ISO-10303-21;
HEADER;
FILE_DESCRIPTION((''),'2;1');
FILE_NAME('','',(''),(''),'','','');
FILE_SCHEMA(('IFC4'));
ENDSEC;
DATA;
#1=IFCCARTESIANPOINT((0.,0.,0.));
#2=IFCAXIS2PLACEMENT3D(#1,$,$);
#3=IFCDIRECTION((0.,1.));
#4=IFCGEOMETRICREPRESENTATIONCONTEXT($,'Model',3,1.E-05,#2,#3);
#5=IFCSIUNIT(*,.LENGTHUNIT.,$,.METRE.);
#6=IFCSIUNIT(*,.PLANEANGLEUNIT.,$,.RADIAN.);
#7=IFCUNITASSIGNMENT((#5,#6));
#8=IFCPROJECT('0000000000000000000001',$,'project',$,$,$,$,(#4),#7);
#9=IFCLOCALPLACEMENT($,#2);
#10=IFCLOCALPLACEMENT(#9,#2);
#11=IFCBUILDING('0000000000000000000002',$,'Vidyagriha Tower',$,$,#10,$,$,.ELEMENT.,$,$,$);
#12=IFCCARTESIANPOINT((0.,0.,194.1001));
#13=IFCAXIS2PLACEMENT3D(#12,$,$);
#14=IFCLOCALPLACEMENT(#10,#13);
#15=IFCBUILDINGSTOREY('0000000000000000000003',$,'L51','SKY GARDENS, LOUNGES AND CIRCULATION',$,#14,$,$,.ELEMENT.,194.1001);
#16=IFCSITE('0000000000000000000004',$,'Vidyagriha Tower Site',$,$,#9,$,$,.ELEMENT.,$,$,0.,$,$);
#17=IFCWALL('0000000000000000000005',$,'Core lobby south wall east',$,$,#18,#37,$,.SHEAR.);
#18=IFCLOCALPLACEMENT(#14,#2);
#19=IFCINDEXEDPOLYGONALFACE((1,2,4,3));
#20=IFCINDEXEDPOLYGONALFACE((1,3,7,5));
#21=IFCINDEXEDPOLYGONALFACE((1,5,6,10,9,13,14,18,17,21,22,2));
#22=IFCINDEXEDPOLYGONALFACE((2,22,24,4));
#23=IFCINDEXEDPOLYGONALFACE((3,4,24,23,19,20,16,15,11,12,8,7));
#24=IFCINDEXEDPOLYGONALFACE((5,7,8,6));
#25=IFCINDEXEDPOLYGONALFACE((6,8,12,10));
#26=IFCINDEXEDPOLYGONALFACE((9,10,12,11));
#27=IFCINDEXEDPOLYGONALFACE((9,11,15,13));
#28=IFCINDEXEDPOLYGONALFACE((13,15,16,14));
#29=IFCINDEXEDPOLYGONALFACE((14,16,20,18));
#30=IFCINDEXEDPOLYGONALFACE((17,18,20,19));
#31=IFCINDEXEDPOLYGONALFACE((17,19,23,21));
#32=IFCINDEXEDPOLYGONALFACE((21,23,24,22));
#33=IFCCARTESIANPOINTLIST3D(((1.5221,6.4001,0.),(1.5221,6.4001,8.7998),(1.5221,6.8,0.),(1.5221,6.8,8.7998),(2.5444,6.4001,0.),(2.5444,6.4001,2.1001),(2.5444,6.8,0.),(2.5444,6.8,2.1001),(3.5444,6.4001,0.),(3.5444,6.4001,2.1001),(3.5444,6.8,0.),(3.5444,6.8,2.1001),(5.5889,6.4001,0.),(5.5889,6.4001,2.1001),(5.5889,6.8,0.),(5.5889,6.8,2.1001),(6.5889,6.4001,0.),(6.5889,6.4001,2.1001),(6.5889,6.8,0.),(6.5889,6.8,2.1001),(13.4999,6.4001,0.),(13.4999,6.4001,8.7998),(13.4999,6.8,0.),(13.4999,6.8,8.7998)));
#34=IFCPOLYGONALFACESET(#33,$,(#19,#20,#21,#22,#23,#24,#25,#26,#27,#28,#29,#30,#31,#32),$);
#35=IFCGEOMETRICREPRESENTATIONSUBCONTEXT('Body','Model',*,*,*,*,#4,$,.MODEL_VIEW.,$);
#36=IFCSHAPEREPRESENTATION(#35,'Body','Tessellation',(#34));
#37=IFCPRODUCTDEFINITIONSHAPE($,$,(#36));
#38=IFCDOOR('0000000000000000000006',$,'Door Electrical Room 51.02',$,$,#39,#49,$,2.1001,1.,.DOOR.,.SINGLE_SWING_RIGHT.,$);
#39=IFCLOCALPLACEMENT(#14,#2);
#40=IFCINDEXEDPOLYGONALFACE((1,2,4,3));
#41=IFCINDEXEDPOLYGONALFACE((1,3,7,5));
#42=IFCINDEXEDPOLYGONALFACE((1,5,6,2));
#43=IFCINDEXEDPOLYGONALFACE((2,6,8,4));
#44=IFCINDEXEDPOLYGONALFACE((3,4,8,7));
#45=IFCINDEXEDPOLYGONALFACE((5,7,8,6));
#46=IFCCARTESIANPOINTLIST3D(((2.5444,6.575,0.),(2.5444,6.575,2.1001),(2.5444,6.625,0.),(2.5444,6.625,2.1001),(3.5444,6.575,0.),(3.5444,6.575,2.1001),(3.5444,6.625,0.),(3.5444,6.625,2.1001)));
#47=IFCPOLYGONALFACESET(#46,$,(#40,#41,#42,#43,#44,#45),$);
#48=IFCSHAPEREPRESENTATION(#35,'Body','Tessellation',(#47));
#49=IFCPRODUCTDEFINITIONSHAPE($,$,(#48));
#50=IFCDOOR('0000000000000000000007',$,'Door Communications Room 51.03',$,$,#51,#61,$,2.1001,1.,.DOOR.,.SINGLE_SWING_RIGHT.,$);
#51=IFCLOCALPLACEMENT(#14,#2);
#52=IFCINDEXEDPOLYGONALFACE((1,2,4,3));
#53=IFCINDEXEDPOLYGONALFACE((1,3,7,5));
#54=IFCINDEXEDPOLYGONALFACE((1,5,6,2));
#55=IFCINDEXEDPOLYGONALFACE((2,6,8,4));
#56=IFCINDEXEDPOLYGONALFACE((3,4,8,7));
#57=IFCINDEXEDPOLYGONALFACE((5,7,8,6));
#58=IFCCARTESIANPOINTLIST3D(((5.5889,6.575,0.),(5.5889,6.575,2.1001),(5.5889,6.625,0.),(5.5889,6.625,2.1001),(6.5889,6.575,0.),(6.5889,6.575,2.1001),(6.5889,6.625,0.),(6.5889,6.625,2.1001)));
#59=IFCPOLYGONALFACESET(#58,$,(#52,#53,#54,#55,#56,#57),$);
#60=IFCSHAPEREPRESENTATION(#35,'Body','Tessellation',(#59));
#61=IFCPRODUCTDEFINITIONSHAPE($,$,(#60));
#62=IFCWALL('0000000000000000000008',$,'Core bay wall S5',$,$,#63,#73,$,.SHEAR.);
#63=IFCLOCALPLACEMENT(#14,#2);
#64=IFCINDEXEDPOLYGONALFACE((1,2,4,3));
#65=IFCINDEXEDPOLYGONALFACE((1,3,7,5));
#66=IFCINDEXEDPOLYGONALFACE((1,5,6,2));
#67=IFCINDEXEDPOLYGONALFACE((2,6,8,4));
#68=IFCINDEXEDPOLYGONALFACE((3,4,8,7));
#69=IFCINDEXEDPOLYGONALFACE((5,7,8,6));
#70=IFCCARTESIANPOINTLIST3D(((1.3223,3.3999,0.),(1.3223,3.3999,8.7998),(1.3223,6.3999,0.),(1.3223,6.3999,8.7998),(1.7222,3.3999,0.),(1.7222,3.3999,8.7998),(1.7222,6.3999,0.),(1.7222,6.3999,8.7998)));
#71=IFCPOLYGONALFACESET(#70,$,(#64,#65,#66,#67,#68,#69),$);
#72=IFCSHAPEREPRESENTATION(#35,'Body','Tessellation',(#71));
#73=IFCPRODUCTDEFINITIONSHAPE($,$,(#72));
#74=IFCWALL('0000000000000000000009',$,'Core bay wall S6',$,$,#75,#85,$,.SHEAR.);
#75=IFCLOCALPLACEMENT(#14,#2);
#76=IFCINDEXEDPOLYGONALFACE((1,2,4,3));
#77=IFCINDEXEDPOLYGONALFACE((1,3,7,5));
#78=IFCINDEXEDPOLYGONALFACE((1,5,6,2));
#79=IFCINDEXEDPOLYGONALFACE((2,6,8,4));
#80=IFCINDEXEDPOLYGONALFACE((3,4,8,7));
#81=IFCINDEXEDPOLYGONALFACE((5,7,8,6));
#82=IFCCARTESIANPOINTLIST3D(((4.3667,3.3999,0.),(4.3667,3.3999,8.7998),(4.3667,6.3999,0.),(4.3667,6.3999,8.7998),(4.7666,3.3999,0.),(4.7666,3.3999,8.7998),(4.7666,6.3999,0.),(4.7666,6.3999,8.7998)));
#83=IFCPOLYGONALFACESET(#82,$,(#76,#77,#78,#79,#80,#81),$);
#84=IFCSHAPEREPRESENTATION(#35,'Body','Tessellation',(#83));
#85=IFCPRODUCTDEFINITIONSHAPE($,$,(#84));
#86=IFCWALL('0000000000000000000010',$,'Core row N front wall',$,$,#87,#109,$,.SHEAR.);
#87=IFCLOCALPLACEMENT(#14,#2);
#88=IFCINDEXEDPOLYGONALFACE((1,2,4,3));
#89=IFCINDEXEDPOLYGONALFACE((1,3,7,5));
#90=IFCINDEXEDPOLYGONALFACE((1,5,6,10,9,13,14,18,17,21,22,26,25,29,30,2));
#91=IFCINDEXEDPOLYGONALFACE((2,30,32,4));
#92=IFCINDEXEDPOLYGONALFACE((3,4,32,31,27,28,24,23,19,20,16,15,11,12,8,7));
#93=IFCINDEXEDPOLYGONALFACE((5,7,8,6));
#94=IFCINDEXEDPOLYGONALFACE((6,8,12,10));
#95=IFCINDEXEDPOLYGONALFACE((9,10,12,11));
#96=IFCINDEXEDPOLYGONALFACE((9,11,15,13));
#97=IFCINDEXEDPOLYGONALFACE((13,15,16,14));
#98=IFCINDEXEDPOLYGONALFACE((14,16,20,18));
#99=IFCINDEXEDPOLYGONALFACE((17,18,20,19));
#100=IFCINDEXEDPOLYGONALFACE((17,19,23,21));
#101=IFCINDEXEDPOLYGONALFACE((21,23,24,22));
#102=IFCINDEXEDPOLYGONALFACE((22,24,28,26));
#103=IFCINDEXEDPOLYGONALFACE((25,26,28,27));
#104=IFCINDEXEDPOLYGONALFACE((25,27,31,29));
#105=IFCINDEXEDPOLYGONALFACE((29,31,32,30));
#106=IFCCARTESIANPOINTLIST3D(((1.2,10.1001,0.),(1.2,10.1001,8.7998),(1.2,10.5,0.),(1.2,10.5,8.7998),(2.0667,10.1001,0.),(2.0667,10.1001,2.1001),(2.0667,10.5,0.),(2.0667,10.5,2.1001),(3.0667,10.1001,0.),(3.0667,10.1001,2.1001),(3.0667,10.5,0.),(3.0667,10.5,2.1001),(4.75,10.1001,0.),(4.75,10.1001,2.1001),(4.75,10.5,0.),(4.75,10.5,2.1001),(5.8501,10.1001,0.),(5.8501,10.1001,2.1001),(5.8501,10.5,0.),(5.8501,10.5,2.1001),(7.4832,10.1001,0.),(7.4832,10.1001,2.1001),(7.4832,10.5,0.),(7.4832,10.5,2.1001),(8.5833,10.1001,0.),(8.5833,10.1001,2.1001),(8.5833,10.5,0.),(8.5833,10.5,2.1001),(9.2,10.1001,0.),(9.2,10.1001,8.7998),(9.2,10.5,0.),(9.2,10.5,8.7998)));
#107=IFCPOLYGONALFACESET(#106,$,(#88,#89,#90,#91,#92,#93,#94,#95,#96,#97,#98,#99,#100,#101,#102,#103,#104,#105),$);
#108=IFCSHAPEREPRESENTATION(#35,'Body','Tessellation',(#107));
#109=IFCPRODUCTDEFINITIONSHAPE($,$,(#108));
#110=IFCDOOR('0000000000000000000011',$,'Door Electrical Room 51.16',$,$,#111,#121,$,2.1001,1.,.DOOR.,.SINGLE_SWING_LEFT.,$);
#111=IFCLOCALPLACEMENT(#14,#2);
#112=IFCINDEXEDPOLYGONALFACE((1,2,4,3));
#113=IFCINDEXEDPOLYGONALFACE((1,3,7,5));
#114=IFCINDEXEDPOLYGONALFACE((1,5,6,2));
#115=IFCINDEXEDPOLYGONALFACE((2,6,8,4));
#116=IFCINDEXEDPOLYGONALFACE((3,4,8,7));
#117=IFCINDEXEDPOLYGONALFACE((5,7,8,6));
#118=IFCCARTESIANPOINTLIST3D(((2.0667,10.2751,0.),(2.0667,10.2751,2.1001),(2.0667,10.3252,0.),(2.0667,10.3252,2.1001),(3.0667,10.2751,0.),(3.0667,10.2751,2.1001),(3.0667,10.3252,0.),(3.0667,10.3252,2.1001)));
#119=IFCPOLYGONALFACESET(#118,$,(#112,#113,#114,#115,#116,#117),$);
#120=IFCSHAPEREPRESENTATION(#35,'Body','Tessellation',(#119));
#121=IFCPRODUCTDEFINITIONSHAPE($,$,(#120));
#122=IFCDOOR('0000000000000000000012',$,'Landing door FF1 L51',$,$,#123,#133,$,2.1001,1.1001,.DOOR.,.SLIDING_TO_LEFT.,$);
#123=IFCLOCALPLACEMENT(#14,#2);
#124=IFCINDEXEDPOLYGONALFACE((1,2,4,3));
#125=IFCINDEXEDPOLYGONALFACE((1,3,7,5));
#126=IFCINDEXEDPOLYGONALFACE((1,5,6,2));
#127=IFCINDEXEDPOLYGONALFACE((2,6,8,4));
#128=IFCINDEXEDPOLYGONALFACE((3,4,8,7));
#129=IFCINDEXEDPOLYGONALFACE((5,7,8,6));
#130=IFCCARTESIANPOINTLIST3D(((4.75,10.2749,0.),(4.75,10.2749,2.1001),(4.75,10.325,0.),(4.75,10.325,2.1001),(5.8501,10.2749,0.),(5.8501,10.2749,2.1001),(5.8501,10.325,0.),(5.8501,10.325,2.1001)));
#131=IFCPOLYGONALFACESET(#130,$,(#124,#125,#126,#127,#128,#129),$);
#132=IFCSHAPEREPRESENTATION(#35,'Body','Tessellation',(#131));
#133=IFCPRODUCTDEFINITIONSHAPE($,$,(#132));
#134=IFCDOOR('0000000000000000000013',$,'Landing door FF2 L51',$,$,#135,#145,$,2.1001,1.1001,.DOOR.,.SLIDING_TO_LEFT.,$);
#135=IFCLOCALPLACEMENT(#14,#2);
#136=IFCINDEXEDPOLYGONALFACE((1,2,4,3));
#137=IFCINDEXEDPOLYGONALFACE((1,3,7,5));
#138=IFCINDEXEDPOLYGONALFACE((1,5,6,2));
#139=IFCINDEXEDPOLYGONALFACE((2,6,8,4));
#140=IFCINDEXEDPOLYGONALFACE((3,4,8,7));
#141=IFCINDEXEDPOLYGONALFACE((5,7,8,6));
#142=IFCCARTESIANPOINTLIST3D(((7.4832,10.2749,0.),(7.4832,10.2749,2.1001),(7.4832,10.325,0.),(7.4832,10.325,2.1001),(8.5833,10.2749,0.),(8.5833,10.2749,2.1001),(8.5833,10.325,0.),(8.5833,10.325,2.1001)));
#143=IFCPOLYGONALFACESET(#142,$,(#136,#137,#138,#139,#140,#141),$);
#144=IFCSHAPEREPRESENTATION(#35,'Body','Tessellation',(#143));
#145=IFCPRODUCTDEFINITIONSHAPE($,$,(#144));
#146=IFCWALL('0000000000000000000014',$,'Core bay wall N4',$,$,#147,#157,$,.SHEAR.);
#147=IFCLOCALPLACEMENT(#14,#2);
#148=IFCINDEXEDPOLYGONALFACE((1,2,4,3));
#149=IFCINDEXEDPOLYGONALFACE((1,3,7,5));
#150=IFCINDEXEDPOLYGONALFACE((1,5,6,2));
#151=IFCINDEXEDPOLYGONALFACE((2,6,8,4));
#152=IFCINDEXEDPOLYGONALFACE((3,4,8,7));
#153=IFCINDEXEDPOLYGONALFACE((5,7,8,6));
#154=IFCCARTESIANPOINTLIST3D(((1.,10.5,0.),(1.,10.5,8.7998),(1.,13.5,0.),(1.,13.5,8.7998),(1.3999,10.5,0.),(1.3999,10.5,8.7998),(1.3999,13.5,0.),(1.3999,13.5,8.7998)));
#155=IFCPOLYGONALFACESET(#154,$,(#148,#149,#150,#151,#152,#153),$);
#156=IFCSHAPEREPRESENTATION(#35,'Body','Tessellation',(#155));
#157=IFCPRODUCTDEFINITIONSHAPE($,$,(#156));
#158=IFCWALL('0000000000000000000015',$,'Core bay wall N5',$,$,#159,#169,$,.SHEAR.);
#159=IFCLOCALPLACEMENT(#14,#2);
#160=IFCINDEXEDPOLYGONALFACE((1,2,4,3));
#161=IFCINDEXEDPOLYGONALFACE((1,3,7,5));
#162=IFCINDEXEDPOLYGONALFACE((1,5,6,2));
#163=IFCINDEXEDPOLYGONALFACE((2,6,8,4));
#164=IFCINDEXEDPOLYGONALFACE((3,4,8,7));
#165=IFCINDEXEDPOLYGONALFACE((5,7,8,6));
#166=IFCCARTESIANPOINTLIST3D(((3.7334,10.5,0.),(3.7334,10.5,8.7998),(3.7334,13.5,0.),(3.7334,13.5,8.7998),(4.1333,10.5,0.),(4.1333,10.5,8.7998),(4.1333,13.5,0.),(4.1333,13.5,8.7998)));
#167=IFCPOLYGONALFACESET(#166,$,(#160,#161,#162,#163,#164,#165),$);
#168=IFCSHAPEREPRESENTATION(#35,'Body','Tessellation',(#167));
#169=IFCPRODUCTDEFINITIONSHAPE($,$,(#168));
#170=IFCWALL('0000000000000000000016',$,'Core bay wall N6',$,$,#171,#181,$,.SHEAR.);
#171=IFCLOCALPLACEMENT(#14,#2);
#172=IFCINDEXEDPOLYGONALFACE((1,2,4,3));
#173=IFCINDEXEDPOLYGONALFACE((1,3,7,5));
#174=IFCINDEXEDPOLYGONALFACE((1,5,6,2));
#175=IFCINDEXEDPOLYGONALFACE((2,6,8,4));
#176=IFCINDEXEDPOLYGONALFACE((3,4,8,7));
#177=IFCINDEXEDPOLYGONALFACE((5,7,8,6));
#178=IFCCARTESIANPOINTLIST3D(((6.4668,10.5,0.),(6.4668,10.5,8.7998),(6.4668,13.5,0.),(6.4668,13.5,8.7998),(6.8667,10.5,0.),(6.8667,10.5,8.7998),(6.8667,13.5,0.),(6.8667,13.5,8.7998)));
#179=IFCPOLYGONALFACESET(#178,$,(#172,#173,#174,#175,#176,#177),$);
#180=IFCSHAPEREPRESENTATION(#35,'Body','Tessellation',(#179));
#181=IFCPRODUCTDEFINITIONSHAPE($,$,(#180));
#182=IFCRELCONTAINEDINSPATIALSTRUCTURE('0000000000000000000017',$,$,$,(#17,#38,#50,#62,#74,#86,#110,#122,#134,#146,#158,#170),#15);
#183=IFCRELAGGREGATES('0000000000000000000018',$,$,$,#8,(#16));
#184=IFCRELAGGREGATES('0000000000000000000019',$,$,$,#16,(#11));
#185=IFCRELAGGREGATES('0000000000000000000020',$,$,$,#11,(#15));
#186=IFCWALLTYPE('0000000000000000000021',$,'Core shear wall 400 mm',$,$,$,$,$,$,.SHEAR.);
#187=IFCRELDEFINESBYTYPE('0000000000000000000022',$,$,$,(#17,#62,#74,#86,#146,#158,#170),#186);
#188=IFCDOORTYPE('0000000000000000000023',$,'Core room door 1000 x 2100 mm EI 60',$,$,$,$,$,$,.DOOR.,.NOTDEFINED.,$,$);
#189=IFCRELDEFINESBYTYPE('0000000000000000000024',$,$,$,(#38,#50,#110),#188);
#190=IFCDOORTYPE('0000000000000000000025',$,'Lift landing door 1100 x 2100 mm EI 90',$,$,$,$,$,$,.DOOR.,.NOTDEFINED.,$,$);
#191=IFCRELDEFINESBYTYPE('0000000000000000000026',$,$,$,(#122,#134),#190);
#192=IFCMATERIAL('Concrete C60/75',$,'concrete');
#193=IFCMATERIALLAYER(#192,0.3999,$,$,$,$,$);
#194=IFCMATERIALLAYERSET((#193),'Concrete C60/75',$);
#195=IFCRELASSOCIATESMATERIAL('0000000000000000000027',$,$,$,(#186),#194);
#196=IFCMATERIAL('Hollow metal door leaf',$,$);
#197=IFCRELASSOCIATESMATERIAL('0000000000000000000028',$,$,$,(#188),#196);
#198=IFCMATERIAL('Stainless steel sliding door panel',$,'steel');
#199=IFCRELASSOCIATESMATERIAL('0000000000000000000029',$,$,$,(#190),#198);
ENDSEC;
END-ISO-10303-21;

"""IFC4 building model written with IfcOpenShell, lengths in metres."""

from ifc_helpers import new_model, si_unit, direction, frame, frame_2d, origin, place, context, subcontext, project, spatial, rectangle, extrude, material, layer, layer_set, type_object, element, fill, save


model = new_model("IFC4")

# Units and contexts
model_context = context("Model", 3, precision=1e-05, world=origin(), true_north=direction((0.0, 1.0)))
body_context = subcontext(model_context, "Body", "Model", "MODEL_VIEW")
ifc_project = project(units=[si_unit("LENGTHUNIT", "METRE"), si_unit("PLANEANGLEUNIT", "RADIAN")], contexts=[model_context])

# Site, building, storey
site_placement = place(None, origin())
site = spatial("IfcSite", under=ifc_project, at=site_placement, Name="Vidyagriha Tower Site", CompositionType="ELEMENT", RefElevation=0.0)
building_placement = place(site_placement, origin())
building = spatial("IfcBuilding", under=site, at=building_placement, Name="Vidyagriha Tower", CompositionType="ELEMENT")
storey_placement = place(building_placement, frame((0.0, 0.0, 194.1001)))
storey = spatial("IfcBuildingStorey", under=building, at=storey_placement, Name="L51", Description="SKY GARDENS, LOUNGES AND CIRCULATION", CompositionType="ELEMENT", Elevation=194.1001)

# Wall, openings, doors
ifc_material_1 = material(Name="Concrete C60/75", Category="concrete")
ifc_layer_1 = layer(ifc_material_1, 0.3999)
ifc_layer_set_1 = layer_set([ifc_layer_1], Name="Concrete C60/75")
wall_type_1 = type_object("IfcWallType", Name="Core shear wall 400 mm", PredefinedType="SHEAR", material=ifc_layer_set_1)
wall_1_placement = place(storey_placement, frame((1.5222, 6.6001, 0.0)))
wall_1 = element("IfcWall", 1, at=wall_1_placement, inside=storey, type_object=wall_type_1, Name="Core lobby south wall east", PredefinedType="SHEAR", context=body_context, shape_type="SweptSolid", body=[
    extrude(rectangle(XDim=11.9778, YDim=0.3999, at=frame_2d((5.9888, 0.0))), origin(), (0.0, 0.0, 1.0), 8.7998),
])
opening_1_placement = place(wall_1_placement, frame((1.0222, 0.0, 0.0)))
opening_1 = element("IfcOpeningElement", 2, at=opening_1_placement, cuts=wall_1, PredefinedType="OPENING", context=body_context, shape_type="SweptSolid", body=[
    extrude(rectangle(XDim=1.0, YDim=2.1001, at=frame_2d((0.5, 1.05))), frame((0.0, 0.21, 0.0), z_axis=(0.0, -1.0, 0.0), x_axis=(1.0, 0.0, 0.0)), (0.0, 0.0, 1.0), 0.4199),
])
opening_2_placement = place(wall_1_placement, frame((4.0667, 0.0, 0.0)))
opening_2 = element("IfcOpeningElement", 3, at=opening_2_placement, cuts=wall_1, PredefinedType="OPENING", context=body_context, shape_type="SweptSolid", body=[
    extrude(rectangle(XDim=1.0, YDim=2.1001, at=frame_2d((0.5, 1.05))), frame((0.0, 0.21, 0.0), z_axis=(0.0, -1.0, 0.0), x_axis=(1.0, 0.0, 0.0)), (0.0, 0.0, 1.0), 0.4199),
])
ifc_material_2 = material(Name="Hollow metal door leaf")
door_type_1 = type_object("IfcDoorType", Name="Core room door 1000 x 2100 mm EI 60", OperationType="NOTDEFINED", PredefinedType="DOOR", material=ifc_material_2)
door_1_placement = place(opening_1_placement, origin())
door_1 = element("IfcDoor", 4, at=door_1_placement, inside=storey, type_object=door_type_1, Name="Door Electrical Room 51.02", OperationType="SINGLE_SWING_RIGHT", OverallHeight=2.1001, OverallWidth=1.0, PredefinedType="DOOR", context=body_context, shape_type="SweptSolid", body=[
    extrude(rectangle(XDim=1.0, YDim=2.1001, at=frame_2d((0.5, 1.05))), frame((0.0, 0.0249, 0.0), z_axis=(0.0, -1.0, 0.0), x_axis=(1.0, 0.0, 0.0)), (0.0, 0.0, 1.0), 0.05),
])
fill(opening_1, door_1)
door_2_placement = place(opening_2_placement, origin())
door_2 = element("IfcDoor", 5, at=door_2_placement, inside=storey, type_object=door_type_1, Name="Door Communications Room 51.03", OperationType="SINGLE_SWING_RIGHT", OverallHeight=2.1001, OverallWidth=1.0, PredefinedType="DOOR", context=body_context, shape_type="SweptSolid", body=[
    extrude(rectangle(XDim=1.0, YDim=2.1001, at=frame_2d((0.5, 1.05))), frame((0.0, 0.0249, 0.0), z_axis=(0.0, -1.0, 0.0), x_axis=(1.0, 0.0, 0.0)), (0.0, 0.0, 1.0), 0.05),
])
fill(opening_2, door_2)

# Walls
for number, where, z_axis, x_axis, name in (
    (6, (1.5222, 3.3999, 0.0), (0.0, 0.0, 1.0), (0.0, 1.0, 0.0), "Core bay wall S5"),
    (7, (4.5667, 3.3999, 0.0), (0.0, 0.0, 1.0), (0.0, 1.0, 0.0), "Core bay wall S6"),
):
    element("IfcWall", number, at=place(storey_placement, frame(where, z_axis=z_axis, x_axis=x_axis)), inside=storey, type_object=wall_type_1, Name=name, PredefinedType="SHEAR", context=body_context, shape_type="SweptSolid", body=[
        extrude(rectangle(XDim=3.0, YDim=0.3999, at=frame_2d((1.5, 0.0))), origin(), (0.0, 0.0, 1.0), 8.7998),
    ])

# Wall, openings, doors
wall_2_placement = place(storey_placement, frame((1.2, 10.3, 0.0)))
wall_2 = element("IfcWall", 8, at=wall_2_placement, inside=storey, type_object=wall_type_1, Name="Core row N front wall", PredefinedType="SHEAR", context=body_context, shape_type="SweptSolid", body=[
    extrude(rectangle(XDim=8.0, YDim=0.3999, at=frame_2d((4.0, 0.0))), origin(), (0.0, 0.0, 1.0), 8.7998),
])
opening_3_placement = place(wall_2_placement, frame((3.55, 0.0, 0.0)))
opening_3 = element("IfcOpeningElement", 9, at=opening_3_placement, cuts=wall_2, PredefinedType="OPENING", context=body_context, shape_type="SweptSolid", body=[
    extrude(rectangle(XDim=1.1001, YDim=2.1001, at=frame_2d((0.55, 1.05))), frame((0.0, 0.21, 0.0), z_axis=(0.0, -1.0, 0.0), x_axis=(1.0, 0.0, 0.0)), (0.0, 0.0, 1.0), 0.4199),
])
opening_4_placement = place(wall_2_placement, frame((6.2832, 0.0, 0.0)))
opening_4 = element("IfcOpeningElement", 10, at=opening_4_placement, cuts=wall_2, PredefinedType="OPENING", context=body_context, shape_type="SweptSolid", body=[
    extrude(rectangle(XDim=1.1001, YDim=2.1001, at=frame_2d((0.55, 1.05))), frame((0.0, 0.21, 0.0), z_axis=(0.0, -1.0, 0.0), x_axis=(1.0, 0.0, 0.0)), (0.0, 0.0, 1.0), 0.4199),
])
opening_5_placement = place(wall_2_placement, frame((0.8667, 0.0, 0.0)))
opening_5 = element("IfcOpeningElement", 11, at=opening_5_placement, cuts=wall_2, PredefinedType="OPENING", context=body_context, shape_type="SweptSolid", body=[
    extrude(rectangle(XDim=1.0, YDim=2.1001, at=frame_2d((0.5, 1.05))), frame((0.0, 0.21, 0.0), z_axis=(0.0, -1.0, 0.0), x_axis=(1.0, 0.0, 0.0)), (0.0, 0.0, 1.0), 0.4199),
])
door_3_placement = place(opening_5_placement, frame((1.0, 0.0, 0.0), z_axis=(0.0, 0.0, 1.0), x_axis=(-1.0, 0.0, 0.0)))
door_3 = element("IfcDoor", 12, at=door_3_placement, inside=storey, type_object=door_type_1, Name="Door Electrical Room 51.16", OperationType="SINGLE_SWING_LEFT", OverallHeight=2.1001, OverallWidth=1.0, PredefinedType="DOOR", context=body_context, shape_type="SweptSolid", body=[
    extrude(rectangle(XDim=1.0, YDim=2.1001, at=frame_2d((0.5, 1.05))), frame((0.0, 0.0249, 0.0), z_axis=(0.0, -1.0, 0.0), x_axis=(1.0, 0.0, 0.0)), (0.0, 0.0, 1.0), 0.05),
])
fill(opening_5, door_3)
ifc_material_3 = material(Name="Stainless steel sliding door panel", Category="steel")
door_type_2 = type_object("IfcDoorType", Name="Lift landing door 1100 x 2100 mm EI 90", OperationType="NOTDEFINED", PredefinedType="DOOR", material=ifc_material_3)
door_4_placement = place(opening_3_placement, origin())
door_4 = element("IfcDoor", 13, at=door_4_placement, inside=storey, type_object=door_type_2, Name="Landing door FF1 L51", OperationType="SLIDING_TO_LEFT", OverallHeight=2.1001, OverallWidth=1.1001, PredefinedType="DOOR", context=body_context, shape_type="SweptSolid", body=[
    extrude(rectangle(XDim=1.1001, YDim=2.1001, at=frame_2d((0.55, 1.05))), frame((0.0, 0.0249, 0.0), z_axis=(0.0, -1.0, 0.0), x_axis=(1.0, 0.0, 0.0)), (0.0, 0.0, 1.0), 0.05),
])
fill(opening_3, door_4)
door_5_placement = place(opening_4_placement, origin())
door_5 = element("IfcDoor", 14, at=door_5_placement, inside=storey, type_object=door_type_2, Name="Landing door FF2 L51", OperationType="SLIDING_TO_LEFT", OverallHeight=2.1001, OverallWidth=1.1001, PredefinedType="DOOR", context=body_context, shape_type="SweptSolid", body=[
    extrude(rectangle(XDim=1.1001, YDim=2.1001, at=frame_2d((0.55, 1.05))), frame((0.0, 0.0249, 0.0), z_axis=(0.0, -1.0, 0.0), x_axis=(1.0, 0.0, 0.0)), (0.0, 0.0, 1.0), 0.05),
])
fill(opening_4, door_5)

# Walls
for number, where, z_axis, x_axis, name in (
    (15, (1.2, 10.5, 0.0), (0.0, 0.0, 1.0), (0.0, 1.0, 0.0), "Core bay wall N4"),
    (16, (3.9333, 10.5, 0.0), (0.0, 0.0, 1.0), (0.0, 1.0, 0.0), "Core bay wall N5"),
    (17, (6.6667, 10.5, 0.0), (0.0, 0.0, 1.0), (0.0, 1.0, 0.0), "Core bay wall N6"),
):
    element("IfcWall", number, at=place(storey_placement, frame(where, z_axis=z_axis, x_axis=x_axis)), inside=storey, type_object=wall_type_1, Name=name, PredefinedType="SHEAR", context=body_context, shape_type="SweptSolid", body=[
        extrude(rectangle(XDim=3.0, YDim=0.3999, at=frame_2d((1.5, 0.0))), origin(), (0.0, 0.0, 1.0), 8.7998),
    ])

save(model, "model.ifc")
